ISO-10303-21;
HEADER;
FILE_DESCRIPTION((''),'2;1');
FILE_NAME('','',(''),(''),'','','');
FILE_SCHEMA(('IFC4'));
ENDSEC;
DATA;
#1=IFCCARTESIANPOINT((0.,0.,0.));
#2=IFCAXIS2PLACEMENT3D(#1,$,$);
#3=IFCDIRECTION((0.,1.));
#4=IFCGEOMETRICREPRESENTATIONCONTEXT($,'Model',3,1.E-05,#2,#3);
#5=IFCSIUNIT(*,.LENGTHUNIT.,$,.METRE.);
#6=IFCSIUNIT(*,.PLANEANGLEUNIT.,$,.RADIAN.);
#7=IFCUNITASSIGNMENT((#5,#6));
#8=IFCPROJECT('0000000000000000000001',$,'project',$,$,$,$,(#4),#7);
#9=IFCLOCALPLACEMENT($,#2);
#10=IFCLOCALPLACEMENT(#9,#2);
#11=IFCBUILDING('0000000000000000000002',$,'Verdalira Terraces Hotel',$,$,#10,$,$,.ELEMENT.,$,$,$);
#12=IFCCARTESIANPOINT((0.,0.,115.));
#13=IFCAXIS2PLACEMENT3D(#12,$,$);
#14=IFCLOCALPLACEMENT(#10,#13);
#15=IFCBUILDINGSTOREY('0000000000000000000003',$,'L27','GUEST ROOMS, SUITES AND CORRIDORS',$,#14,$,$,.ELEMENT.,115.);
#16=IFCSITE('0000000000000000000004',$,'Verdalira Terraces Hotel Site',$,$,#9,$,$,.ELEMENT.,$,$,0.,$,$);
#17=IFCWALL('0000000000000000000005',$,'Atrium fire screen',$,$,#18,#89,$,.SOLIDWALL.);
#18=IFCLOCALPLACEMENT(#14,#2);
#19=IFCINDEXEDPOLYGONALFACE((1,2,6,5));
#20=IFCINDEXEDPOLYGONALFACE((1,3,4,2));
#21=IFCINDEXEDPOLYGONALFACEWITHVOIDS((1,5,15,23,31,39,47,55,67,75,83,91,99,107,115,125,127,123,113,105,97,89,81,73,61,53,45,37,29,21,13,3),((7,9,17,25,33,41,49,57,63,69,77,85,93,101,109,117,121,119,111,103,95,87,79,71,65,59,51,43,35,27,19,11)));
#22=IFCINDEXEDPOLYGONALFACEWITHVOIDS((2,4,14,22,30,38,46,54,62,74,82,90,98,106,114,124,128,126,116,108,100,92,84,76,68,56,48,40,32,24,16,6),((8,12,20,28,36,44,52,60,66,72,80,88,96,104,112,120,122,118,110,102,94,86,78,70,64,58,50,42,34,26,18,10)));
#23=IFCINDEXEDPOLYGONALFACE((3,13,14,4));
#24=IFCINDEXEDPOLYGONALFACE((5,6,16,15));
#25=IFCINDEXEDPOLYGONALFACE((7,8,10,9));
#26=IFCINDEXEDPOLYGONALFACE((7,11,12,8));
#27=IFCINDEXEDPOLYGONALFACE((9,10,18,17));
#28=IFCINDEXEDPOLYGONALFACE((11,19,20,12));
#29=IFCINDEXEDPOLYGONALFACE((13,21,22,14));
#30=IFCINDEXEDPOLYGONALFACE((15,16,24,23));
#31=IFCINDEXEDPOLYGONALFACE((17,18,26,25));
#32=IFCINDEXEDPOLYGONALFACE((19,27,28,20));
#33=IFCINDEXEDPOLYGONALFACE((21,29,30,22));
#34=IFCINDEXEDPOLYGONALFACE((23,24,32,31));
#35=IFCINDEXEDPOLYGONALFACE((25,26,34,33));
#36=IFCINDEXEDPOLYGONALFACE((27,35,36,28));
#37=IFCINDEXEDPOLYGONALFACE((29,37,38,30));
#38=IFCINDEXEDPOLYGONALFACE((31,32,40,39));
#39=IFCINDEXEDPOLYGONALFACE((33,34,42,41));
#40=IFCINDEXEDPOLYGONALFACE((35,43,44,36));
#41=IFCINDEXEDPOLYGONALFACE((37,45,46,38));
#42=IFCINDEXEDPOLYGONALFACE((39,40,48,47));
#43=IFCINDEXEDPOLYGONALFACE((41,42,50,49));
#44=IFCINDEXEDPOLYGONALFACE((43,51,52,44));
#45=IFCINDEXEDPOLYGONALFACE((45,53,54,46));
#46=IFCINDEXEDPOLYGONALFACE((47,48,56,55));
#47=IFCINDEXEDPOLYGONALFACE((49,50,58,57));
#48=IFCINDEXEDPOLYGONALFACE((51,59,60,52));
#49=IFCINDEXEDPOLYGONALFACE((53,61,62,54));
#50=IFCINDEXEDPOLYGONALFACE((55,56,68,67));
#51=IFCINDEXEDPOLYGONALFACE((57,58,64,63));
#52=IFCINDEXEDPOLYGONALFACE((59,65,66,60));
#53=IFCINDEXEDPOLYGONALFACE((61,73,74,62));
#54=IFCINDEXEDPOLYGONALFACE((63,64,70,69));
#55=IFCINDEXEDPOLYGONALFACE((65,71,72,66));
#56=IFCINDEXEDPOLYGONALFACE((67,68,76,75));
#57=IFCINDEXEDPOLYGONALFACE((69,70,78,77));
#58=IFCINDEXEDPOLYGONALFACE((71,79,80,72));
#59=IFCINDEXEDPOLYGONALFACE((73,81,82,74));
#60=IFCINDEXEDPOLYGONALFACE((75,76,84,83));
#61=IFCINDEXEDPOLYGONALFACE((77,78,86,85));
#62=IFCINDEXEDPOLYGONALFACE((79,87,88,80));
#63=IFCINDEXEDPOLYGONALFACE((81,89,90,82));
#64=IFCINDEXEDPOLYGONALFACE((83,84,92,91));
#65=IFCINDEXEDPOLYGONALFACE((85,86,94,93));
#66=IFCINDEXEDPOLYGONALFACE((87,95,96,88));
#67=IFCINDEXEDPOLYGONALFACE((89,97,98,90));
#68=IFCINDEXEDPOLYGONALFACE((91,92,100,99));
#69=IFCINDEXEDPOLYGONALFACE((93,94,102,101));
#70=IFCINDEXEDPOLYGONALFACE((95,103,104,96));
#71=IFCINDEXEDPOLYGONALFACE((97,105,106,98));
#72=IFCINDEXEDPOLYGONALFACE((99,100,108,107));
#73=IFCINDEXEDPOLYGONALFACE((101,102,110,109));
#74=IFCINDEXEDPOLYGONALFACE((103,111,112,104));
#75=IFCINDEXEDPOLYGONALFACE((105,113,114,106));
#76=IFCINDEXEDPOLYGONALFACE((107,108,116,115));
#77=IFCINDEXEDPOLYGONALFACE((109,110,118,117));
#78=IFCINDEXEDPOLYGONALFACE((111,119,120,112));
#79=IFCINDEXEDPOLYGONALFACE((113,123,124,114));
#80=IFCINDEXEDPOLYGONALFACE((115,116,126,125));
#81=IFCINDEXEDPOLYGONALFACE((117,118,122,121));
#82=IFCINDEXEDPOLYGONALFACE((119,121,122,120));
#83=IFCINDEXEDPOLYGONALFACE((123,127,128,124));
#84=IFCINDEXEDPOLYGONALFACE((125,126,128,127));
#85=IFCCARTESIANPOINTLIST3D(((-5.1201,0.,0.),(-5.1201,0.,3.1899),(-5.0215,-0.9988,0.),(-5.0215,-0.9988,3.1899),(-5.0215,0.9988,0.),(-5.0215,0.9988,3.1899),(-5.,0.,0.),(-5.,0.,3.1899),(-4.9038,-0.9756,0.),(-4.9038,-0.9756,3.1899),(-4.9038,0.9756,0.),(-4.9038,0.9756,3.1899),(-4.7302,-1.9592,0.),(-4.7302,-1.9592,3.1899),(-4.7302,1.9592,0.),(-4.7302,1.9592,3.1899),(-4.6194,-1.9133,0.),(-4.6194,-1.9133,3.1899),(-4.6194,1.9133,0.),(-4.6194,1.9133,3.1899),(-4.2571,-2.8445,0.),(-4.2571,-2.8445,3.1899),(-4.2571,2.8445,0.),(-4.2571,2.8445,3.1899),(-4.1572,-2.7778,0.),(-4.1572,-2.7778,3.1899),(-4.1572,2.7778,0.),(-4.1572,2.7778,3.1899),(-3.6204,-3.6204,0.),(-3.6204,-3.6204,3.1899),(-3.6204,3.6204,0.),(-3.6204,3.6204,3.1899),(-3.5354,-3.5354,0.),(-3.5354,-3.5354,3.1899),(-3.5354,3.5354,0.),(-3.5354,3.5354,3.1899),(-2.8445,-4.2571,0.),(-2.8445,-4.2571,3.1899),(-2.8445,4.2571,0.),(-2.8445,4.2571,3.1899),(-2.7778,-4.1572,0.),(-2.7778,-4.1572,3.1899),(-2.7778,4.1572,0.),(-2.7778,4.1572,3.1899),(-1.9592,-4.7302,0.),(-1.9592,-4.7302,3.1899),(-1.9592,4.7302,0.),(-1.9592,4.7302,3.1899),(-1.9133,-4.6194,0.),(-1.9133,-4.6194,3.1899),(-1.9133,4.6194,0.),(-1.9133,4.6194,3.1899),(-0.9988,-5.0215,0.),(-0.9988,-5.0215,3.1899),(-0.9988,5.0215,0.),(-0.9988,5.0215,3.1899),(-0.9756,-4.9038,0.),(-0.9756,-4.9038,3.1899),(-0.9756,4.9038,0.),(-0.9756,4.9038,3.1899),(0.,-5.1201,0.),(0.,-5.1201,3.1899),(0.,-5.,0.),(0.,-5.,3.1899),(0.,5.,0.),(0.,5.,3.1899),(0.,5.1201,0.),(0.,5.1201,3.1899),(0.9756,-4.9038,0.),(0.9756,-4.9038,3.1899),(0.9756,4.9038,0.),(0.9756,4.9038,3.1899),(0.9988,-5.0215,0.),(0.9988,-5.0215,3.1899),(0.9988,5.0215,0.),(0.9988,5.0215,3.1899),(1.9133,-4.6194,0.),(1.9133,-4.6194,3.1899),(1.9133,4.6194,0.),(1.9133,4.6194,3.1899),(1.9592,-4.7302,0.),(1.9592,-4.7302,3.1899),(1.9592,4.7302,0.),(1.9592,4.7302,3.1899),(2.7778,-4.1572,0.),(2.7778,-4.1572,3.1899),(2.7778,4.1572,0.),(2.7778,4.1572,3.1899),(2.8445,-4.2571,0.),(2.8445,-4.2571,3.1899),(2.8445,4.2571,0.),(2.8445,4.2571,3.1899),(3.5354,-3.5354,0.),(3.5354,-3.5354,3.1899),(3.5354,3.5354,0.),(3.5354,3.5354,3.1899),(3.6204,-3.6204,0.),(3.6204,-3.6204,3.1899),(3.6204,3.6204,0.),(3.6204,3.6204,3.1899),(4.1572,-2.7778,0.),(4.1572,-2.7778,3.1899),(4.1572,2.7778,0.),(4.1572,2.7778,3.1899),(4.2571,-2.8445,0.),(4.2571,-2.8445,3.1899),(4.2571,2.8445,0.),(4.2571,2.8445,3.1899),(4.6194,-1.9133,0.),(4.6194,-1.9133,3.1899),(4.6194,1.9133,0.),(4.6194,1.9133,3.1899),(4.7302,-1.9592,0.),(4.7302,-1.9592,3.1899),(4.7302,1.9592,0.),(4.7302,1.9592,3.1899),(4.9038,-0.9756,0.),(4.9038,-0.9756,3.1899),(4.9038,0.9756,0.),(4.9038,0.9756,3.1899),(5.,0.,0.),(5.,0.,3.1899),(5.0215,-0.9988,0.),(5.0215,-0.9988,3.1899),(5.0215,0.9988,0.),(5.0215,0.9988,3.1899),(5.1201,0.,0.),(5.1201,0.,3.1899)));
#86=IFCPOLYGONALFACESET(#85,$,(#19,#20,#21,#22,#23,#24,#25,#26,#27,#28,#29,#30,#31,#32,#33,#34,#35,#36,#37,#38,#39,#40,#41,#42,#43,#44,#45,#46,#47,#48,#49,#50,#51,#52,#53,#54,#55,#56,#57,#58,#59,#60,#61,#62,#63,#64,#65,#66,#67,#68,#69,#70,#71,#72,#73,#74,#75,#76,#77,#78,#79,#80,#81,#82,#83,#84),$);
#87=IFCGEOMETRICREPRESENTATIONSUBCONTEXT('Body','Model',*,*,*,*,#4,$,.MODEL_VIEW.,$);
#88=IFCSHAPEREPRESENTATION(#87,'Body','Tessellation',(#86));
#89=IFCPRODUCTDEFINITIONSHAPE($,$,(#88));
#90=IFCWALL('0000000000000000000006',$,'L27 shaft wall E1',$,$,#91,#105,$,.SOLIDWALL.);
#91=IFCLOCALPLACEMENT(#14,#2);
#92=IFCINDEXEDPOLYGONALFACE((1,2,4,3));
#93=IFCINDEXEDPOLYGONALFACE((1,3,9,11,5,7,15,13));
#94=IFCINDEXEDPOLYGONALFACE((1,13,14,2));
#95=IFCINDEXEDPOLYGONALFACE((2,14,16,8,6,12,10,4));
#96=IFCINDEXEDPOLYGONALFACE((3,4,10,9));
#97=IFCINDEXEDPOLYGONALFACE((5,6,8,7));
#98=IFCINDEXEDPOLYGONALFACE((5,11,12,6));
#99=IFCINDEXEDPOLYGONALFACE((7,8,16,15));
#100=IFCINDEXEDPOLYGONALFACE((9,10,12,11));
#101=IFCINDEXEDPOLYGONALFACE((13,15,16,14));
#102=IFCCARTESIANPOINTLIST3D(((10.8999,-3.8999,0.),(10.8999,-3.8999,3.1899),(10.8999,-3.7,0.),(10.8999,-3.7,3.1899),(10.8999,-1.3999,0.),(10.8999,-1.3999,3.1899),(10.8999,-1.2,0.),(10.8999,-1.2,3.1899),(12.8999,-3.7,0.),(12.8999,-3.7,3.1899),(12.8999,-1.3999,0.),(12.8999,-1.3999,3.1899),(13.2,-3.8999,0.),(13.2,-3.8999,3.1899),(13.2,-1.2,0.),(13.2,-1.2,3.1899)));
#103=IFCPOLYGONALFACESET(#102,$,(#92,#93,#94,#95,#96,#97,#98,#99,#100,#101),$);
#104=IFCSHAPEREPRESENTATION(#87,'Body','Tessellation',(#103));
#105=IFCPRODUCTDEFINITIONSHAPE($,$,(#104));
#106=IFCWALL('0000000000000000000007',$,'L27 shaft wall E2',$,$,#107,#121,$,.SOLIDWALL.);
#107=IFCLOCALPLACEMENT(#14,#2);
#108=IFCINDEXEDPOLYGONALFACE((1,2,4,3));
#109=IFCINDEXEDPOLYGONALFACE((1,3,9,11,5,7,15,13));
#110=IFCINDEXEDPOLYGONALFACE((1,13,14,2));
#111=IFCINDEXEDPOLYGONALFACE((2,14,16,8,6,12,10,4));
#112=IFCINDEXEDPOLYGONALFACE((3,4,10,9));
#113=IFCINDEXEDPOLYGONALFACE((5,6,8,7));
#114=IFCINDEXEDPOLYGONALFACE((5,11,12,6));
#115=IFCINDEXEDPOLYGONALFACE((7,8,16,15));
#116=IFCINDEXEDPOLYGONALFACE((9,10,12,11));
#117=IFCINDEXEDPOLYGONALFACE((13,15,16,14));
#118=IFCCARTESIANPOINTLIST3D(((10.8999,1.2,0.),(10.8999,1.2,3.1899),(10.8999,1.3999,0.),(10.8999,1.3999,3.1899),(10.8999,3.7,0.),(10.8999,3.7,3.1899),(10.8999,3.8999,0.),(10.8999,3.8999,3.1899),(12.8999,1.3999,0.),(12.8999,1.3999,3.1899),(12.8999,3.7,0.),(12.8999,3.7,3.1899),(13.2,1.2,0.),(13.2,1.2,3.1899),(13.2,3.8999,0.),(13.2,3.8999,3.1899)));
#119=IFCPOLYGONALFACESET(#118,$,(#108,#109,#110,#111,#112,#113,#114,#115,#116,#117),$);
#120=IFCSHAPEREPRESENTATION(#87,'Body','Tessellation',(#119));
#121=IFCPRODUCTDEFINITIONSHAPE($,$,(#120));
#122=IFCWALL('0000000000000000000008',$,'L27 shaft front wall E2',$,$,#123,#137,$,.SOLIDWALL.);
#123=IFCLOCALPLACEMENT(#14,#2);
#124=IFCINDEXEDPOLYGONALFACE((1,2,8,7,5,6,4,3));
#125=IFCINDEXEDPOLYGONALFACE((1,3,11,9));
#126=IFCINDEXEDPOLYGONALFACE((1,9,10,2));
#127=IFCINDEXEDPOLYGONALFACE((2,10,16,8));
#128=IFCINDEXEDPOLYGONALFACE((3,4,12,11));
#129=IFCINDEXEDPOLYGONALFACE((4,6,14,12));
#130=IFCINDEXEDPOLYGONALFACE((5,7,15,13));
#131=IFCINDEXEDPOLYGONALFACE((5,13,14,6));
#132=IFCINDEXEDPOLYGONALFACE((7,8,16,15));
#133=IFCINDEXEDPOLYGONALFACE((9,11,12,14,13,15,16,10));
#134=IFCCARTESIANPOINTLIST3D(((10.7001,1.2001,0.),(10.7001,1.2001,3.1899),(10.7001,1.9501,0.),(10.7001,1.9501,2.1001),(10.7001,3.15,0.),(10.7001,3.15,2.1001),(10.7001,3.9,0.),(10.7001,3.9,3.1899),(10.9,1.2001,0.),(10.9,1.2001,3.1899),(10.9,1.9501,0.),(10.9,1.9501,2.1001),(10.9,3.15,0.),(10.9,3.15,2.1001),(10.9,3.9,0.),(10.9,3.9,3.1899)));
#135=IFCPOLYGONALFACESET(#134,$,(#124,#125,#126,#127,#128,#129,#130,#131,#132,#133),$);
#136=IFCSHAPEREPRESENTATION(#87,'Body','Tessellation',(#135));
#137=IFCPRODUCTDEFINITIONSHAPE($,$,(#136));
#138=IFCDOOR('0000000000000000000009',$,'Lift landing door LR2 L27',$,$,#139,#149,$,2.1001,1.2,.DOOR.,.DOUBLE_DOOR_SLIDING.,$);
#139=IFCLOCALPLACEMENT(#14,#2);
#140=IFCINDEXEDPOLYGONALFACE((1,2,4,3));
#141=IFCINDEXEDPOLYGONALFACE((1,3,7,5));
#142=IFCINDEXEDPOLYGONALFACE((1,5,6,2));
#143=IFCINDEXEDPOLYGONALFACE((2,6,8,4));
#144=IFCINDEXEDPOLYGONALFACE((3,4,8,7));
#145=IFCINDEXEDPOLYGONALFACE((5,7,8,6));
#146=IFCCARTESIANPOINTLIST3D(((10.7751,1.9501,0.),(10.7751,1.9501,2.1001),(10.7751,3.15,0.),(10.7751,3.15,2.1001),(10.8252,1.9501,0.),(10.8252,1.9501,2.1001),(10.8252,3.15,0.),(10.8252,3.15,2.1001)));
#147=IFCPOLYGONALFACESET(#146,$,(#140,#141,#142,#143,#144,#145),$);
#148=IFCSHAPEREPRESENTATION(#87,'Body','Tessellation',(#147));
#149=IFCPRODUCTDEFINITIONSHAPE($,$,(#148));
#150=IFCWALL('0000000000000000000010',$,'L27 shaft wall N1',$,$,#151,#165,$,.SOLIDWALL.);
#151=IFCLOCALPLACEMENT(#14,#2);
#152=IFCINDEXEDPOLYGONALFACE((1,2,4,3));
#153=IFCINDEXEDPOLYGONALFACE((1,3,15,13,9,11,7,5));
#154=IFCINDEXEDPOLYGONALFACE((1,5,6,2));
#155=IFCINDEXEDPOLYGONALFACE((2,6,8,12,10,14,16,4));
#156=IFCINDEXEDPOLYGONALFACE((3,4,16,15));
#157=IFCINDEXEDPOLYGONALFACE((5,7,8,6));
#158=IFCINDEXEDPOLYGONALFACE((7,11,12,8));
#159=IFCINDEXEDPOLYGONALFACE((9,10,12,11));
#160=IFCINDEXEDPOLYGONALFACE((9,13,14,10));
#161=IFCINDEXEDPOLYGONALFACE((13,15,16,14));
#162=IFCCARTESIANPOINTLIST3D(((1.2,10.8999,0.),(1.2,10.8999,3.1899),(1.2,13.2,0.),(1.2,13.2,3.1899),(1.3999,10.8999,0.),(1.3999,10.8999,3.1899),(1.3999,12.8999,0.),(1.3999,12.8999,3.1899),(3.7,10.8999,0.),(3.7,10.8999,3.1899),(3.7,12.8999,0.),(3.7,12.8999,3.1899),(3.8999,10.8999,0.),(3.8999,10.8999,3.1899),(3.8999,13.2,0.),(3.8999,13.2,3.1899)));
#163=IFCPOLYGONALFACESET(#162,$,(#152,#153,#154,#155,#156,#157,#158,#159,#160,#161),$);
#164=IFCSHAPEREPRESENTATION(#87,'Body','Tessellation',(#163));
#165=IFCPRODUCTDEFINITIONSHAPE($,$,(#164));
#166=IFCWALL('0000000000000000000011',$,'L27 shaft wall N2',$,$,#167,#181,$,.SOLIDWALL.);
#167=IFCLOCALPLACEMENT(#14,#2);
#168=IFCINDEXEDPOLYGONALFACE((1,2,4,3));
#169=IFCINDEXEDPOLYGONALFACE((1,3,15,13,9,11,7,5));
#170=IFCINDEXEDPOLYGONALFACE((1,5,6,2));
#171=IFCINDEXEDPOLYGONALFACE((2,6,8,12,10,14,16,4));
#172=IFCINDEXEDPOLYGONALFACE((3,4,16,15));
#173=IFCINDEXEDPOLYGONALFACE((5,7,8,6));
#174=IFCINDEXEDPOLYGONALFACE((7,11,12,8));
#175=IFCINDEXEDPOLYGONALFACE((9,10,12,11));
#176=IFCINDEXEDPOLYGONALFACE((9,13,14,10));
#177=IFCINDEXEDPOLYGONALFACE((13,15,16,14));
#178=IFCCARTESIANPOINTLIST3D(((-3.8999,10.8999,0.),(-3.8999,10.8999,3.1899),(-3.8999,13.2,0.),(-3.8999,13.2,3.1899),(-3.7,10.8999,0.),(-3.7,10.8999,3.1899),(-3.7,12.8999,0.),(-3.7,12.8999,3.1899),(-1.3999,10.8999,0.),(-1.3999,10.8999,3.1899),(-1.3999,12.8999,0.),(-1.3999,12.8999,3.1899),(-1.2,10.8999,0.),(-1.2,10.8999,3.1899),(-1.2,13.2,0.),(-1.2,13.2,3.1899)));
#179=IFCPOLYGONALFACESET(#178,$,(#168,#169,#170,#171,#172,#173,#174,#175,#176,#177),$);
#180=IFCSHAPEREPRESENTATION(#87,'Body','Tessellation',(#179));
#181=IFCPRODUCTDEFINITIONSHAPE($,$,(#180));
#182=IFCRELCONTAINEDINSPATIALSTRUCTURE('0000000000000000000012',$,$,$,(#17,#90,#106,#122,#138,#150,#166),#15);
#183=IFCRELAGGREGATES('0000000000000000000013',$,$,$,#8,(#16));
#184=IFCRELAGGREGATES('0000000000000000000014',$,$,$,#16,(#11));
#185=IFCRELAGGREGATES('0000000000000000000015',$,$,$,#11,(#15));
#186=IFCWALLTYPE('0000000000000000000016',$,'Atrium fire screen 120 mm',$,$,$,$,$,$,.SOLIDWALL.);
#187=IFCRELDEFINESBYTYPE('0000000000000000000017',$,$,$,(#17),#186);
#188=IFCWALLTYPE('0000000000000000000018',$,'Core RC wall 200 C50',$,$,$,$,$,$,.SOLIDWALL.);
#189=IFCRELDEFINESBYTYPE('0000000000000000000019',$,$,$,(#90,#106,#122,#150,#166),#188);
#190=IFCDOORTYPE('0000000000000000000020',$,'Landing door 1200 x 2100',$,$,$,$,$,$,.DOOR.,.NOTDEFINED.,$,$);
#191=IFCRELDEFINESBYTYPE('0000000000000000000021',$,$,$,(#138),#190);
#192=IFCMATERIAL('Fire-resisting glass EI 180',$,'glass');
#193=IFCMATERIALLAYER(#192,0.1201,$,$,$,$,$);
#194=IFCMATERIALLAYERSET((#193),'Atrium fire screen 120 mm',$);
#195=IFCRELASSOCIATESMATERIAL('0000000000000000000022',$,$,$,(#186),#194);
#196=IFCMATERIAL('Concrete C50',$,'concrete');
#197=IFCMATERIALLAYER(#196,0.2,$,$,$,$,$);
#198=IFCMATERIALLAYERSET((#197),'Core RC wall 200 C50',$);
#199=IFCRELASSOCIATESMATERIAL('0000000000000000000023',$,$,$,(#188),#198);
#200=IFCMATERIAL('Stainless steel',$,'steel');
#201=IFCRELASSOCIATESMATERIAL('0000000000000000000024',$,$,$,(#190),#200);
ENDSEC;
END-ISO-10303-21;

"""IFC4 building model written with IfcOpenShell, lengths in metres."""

from ifc_helpers import new_model, si_unit, direction, frame, frame_2d, origin, place, context, subcontext, project, spatial, polyline, rectangle, outline, extrude, material, layer, layer_set, type_object, element, fill, save


model = new_model("IFC4")

# Units and contexts
model_context = context("Model", 3, precision=1e-05, world=origin(), true_north=direction((0.0, 1.0)))
body_context = subcontext(model_context, "Body", "Model", "MODEL_VIEW")
ifc_project = project(units=[si_unit("LENGTHUNIT", "METRE"), si_unit("PLANEANGLEUNIT", "RADIAN")], contexts=[model_context])

# Site, building, storey
site_placement = place(None, origin())
site = spatial("IfcSite", under=ifc_project, at=site_placement, Name="Verdalira Terraces Hotel Site", CompositionType="ELEMENT", RefElevation=0.0)
building_placement = place(site_placement, origin())
building = spatial("IfcBuilding", under=site, at=building_placement, Name="Verdalira Terraces Hotel", CompositionType="ELEMENT")
storey_placement = place(building_placement, frame((0.0, 0.0, 115.0)))
storey = spatial("IfcBuildingStorey", under=building, at=storey_placement, Name="L27", Description="GUEST ROOMS, SUITES AND CORRIDORS", CompositionType="ELEMENT", Elevation=115.0)

# Walls
ifc_material_1 = material(Name="Fire-resisting glass EI 180", Category="glass")
ifc_layer_1 = layer(ifc_material_1, 0.1201)
ifc_layer_set_1 = layer_set([ifc_layer_1], Name="Atrium fire screen 120 mm")
wall_type_1 = type_object("IfcWallType", Name="Atrium fire screen 120 mm", PredefinedType="SOLIDWALL", material=ifc_layer_set_1)
wall_1_placement = place(storey_placement, origin())
element("IfcWall", 1, at=wall_1_placement, inside=storey, type_object=wall_type_1, Name="Atrium fire screen", PredefinedType="SOLIDWALL", context=body_context, shape_type="SweptSolid", body=[
    extrude(outline(polyline([(5.0215, -0.9988), (4.7302, -1.9592), (4.2571, -2.8445), (3.6204, -3.6204), (2.8445, -4.2571), (1.9592, -4.7302), (0.9988, -5.0215), (0.0, -5.1201), (-0.9988, -5.0215), (-1.9592, -4.7302), (-2.8445, -4.2571), (-3.6204, -3.6204), (-4.2571, -2.8445), (-4.7302, -1.9592), (-5.0215, -0.9988), (-5.1201, 0.0), (-5.0215, 0.9988), (-4.7302, 1.9592), (-4.2571, 2.8445), (-3.6204, 3.6204), (-2.8445, 4.2571), (-1.9592, 4.7302), (-0.9988, 5.0215), (0.0, 5.1201), (0.9988, 5.0215), (1.9592, 4.7302), (2.8445, 4.2571), (3.6204, 3.6204), (4.2571, 2.8445), (4.7302, 1.9592), (5.0215, 0.9988), (5.1201, 0.0), (5.0215, -0.9988)]), holes=[polyline([(4.9038, 0.9756), (4.6194, 1.9133), (4.1572, 2.7778), (3.5354, 3.5354), (2.7778, 4.1572), (1.9133, 4.6194), (0.9756, 4.9038), (0.0, 5.0), (-0.9756, 4.9038), (-1.9133, 4.6194), (-2.7778, 4.1572), (-3.5354, 3.5354), (-4.1572, 2.7778), (-4.6194, 1.9133), (-4.9038, 0.9756), (-5.0, 0.0), (-4.9038, -0.9756), (-4.6194, -1.9133), (-4.1572, -2.7778), (-3.5354, -3.5354), (-2.7778, -4.1572), (-1.9133, -4.6194), (-0.9756, -4.9038), (0.0, -5.0), (0.9756, -4.9038), (1.9133, -4.6194), (2.7778, -4.1572), (3.5354, -3.5354), (4.1572, -2.7778), (4.6194, -1.9133), (4.9038, -0.9756), (5.0, 0.0), (4.9038, 0.9756)])]), origin(), (0.0, 0.0, 1.0), 3.1899),
])
ifc_material_2 = material(Name="Concrete C50", Category="concrete")
ifc_layer_2 = layer(ifc_material_2, 0.2)
ifc_layer_set_2 = layer_set([ifc_layer_2], Name="Core RC wall 200 C50")
wall_type_2 = type_object("IfcWallType", Name="Core RC wall 200 C50", PredefinedType="SOLIDWALL", material=ifc_layer_set_2)
wall_2_placement = place(storey_placement, origin())
element("IfcWall", 2, at=wall_2_placement, inside=storey, type_object=wall_type_2, Name="L27 shaft wall E1", PredefinedType="SOLIDWALL", context=body_context, shape_type="SweptSolid", body=[
    extrude(outline(polyline([(13.2, -3.8999), (10.8999, -3.8999), (10.8999, -3.7), (12.8999, -3.7), (12.8999, -1.3999), (10.8999, -1.3999), (10.8999, -1.2), (13.2, -1.2), (13.2, -3.8999)])), origin(), (0.0, 0.0, 1.0), 3.1899),
])
wall_3_placement = place(storey_placement, origin())
element("IfcWall", 3, at=wall_3_placement, inside=storey, type_object=wall_type_2, Name="L27 shaft wall E2", PredefinedType="SOLIDWALL", context=body_context, shape_type="SweptSolid", body=[
    extrude(outline(polyline([(13.2, 3.8999), (13.2, 1.2), (10.8999, 1.2), (10.8999, 1.3999), (12.8999, 1.3999), (12.8999, 3.7), (10.8999, 3.7), (10.8999, 3.8999), (13.2, 3.8999)])), origin(), (0.0, 0.0, 1.0), 3.1899),
])

# Wall, opening, door
wall_4_placement = place(storey_placement, frame((10.8, 1.2, 0.0), z_axis=(0.0, 0.0, 1.0), x_axis=(0.0, 1.0, 0.0)))
wall_4 = element("IfcWall", 4, at=wall_4_placement, inside=storey, type_object=wall_type_2, Name="L27 shaft front wall E2", PredefinedType="SOLIDWALL", context=body_context, shape_type="SweptSolid", body=[
    extrude(rectangle(XDim=2.7, YDim=0.2, at=frame_2d((1.3501, 0.0))), origin(), (0.0, 0.0, 1.0), 3.1899),
])
opening_1_placement = place(wall_4_placement, frame((0.75, 0.0, 0.0)))
opening_1 = element("IfcOpeningElement", 5, at=opening_1_placement, cuts=wall_4, PredefinedType="OPENING", context=body_context, shape_type="SweptSolid", body=[
    extrude(rectangle(XDim=1.2, YDim=2.1001, at=frame_2d((0.6001, 1.05))), frame((0.0, 0.1099, 0.0), z_axis=(0.0, -1.0, 0.0), x_axis=(1.0, 0.0, 0.0)), (0.0, 0.0, 1.0), 0.22),
])
ifc_material_3 = material(Name="Stainless steel", Category="steel")
door_type_1 = type_object("IfcDoorType", Name="Landing door 1200 x 2100", OperationType="NOTDEFINED", PredefinedType="DOOR", material=ifc_material_3)
door_1_placement = place(opening_1_placement, origin())
door_1 = element("IfcDoor", 6, at=door_1_placement, inside=storey, type_object=door_type_1, Name="Lift landing door LR2 L27", OperationType="DOUBLE_DOOR_SLIDING", OverallHeight=2.1001, OverallWidth=1.2, PredefinedType="DOOR", context=body_context, shape_type="SweptSolid", body=[
    extrude(rectangle(XDim=1.2, YDim=2.1001, at=frame_2d((0.6001, 1.05))), frame((0.0, 0.0249, 0.0), z_axis=(0.0, -1.0, 0.0), x_axis=(1.0, 0.0, 0.0)), (0.0, 0.0, 1.0), 0.05),
])
fill(opening_1, door_1)

# Walls
wall_5_placement = place(storey_placement, origin())
element("IfcWall", 7, at=wall_5_placement, inside=storey, type_object=wall_type_2, Name="L27 shaft wall N1", PredefinedType="SOLIDWALL", context=body_context, shape_type="SweptSolid", body=[
    extrude(outline(polyline([(3.8999, 13.2), (3.8999, 10.8999), (3.7, 10.8999), (3.7, 12.8999), (1.3999, 12.8999), (1.3999, 10.8999), (1.2, 10.8999), (1.2, 13.2), (3.8999, 13.2)])), origin(), (0.0, 0.0, 1.0), 3.1899),
])
wall_6_placement = place(storey_placement, origin())
element("IfcWall", 8, at=wall_6_placement, inside=storey, type_object=wall_type_2, Name="L27 shaft wall N2", PredefinedType="SOLIDWALL", context=body_context, shape_type="SweptSolid", body=[
    extrude(outline(polyline([(-3.8999, 10.8999), (-3.8999, 13.2), (-1.2, 13.2), (-1.2, 10.8999), (-1.3999, 10.8999), (-1.3999, 12.8999), (-3.7, 12.8999), (-3.7, 10.8999), (-3.8999, 10.8999)])), origin(), (0.0, 0.0, 1.0), 3.1899),
])

save(model, "model.ifc")
